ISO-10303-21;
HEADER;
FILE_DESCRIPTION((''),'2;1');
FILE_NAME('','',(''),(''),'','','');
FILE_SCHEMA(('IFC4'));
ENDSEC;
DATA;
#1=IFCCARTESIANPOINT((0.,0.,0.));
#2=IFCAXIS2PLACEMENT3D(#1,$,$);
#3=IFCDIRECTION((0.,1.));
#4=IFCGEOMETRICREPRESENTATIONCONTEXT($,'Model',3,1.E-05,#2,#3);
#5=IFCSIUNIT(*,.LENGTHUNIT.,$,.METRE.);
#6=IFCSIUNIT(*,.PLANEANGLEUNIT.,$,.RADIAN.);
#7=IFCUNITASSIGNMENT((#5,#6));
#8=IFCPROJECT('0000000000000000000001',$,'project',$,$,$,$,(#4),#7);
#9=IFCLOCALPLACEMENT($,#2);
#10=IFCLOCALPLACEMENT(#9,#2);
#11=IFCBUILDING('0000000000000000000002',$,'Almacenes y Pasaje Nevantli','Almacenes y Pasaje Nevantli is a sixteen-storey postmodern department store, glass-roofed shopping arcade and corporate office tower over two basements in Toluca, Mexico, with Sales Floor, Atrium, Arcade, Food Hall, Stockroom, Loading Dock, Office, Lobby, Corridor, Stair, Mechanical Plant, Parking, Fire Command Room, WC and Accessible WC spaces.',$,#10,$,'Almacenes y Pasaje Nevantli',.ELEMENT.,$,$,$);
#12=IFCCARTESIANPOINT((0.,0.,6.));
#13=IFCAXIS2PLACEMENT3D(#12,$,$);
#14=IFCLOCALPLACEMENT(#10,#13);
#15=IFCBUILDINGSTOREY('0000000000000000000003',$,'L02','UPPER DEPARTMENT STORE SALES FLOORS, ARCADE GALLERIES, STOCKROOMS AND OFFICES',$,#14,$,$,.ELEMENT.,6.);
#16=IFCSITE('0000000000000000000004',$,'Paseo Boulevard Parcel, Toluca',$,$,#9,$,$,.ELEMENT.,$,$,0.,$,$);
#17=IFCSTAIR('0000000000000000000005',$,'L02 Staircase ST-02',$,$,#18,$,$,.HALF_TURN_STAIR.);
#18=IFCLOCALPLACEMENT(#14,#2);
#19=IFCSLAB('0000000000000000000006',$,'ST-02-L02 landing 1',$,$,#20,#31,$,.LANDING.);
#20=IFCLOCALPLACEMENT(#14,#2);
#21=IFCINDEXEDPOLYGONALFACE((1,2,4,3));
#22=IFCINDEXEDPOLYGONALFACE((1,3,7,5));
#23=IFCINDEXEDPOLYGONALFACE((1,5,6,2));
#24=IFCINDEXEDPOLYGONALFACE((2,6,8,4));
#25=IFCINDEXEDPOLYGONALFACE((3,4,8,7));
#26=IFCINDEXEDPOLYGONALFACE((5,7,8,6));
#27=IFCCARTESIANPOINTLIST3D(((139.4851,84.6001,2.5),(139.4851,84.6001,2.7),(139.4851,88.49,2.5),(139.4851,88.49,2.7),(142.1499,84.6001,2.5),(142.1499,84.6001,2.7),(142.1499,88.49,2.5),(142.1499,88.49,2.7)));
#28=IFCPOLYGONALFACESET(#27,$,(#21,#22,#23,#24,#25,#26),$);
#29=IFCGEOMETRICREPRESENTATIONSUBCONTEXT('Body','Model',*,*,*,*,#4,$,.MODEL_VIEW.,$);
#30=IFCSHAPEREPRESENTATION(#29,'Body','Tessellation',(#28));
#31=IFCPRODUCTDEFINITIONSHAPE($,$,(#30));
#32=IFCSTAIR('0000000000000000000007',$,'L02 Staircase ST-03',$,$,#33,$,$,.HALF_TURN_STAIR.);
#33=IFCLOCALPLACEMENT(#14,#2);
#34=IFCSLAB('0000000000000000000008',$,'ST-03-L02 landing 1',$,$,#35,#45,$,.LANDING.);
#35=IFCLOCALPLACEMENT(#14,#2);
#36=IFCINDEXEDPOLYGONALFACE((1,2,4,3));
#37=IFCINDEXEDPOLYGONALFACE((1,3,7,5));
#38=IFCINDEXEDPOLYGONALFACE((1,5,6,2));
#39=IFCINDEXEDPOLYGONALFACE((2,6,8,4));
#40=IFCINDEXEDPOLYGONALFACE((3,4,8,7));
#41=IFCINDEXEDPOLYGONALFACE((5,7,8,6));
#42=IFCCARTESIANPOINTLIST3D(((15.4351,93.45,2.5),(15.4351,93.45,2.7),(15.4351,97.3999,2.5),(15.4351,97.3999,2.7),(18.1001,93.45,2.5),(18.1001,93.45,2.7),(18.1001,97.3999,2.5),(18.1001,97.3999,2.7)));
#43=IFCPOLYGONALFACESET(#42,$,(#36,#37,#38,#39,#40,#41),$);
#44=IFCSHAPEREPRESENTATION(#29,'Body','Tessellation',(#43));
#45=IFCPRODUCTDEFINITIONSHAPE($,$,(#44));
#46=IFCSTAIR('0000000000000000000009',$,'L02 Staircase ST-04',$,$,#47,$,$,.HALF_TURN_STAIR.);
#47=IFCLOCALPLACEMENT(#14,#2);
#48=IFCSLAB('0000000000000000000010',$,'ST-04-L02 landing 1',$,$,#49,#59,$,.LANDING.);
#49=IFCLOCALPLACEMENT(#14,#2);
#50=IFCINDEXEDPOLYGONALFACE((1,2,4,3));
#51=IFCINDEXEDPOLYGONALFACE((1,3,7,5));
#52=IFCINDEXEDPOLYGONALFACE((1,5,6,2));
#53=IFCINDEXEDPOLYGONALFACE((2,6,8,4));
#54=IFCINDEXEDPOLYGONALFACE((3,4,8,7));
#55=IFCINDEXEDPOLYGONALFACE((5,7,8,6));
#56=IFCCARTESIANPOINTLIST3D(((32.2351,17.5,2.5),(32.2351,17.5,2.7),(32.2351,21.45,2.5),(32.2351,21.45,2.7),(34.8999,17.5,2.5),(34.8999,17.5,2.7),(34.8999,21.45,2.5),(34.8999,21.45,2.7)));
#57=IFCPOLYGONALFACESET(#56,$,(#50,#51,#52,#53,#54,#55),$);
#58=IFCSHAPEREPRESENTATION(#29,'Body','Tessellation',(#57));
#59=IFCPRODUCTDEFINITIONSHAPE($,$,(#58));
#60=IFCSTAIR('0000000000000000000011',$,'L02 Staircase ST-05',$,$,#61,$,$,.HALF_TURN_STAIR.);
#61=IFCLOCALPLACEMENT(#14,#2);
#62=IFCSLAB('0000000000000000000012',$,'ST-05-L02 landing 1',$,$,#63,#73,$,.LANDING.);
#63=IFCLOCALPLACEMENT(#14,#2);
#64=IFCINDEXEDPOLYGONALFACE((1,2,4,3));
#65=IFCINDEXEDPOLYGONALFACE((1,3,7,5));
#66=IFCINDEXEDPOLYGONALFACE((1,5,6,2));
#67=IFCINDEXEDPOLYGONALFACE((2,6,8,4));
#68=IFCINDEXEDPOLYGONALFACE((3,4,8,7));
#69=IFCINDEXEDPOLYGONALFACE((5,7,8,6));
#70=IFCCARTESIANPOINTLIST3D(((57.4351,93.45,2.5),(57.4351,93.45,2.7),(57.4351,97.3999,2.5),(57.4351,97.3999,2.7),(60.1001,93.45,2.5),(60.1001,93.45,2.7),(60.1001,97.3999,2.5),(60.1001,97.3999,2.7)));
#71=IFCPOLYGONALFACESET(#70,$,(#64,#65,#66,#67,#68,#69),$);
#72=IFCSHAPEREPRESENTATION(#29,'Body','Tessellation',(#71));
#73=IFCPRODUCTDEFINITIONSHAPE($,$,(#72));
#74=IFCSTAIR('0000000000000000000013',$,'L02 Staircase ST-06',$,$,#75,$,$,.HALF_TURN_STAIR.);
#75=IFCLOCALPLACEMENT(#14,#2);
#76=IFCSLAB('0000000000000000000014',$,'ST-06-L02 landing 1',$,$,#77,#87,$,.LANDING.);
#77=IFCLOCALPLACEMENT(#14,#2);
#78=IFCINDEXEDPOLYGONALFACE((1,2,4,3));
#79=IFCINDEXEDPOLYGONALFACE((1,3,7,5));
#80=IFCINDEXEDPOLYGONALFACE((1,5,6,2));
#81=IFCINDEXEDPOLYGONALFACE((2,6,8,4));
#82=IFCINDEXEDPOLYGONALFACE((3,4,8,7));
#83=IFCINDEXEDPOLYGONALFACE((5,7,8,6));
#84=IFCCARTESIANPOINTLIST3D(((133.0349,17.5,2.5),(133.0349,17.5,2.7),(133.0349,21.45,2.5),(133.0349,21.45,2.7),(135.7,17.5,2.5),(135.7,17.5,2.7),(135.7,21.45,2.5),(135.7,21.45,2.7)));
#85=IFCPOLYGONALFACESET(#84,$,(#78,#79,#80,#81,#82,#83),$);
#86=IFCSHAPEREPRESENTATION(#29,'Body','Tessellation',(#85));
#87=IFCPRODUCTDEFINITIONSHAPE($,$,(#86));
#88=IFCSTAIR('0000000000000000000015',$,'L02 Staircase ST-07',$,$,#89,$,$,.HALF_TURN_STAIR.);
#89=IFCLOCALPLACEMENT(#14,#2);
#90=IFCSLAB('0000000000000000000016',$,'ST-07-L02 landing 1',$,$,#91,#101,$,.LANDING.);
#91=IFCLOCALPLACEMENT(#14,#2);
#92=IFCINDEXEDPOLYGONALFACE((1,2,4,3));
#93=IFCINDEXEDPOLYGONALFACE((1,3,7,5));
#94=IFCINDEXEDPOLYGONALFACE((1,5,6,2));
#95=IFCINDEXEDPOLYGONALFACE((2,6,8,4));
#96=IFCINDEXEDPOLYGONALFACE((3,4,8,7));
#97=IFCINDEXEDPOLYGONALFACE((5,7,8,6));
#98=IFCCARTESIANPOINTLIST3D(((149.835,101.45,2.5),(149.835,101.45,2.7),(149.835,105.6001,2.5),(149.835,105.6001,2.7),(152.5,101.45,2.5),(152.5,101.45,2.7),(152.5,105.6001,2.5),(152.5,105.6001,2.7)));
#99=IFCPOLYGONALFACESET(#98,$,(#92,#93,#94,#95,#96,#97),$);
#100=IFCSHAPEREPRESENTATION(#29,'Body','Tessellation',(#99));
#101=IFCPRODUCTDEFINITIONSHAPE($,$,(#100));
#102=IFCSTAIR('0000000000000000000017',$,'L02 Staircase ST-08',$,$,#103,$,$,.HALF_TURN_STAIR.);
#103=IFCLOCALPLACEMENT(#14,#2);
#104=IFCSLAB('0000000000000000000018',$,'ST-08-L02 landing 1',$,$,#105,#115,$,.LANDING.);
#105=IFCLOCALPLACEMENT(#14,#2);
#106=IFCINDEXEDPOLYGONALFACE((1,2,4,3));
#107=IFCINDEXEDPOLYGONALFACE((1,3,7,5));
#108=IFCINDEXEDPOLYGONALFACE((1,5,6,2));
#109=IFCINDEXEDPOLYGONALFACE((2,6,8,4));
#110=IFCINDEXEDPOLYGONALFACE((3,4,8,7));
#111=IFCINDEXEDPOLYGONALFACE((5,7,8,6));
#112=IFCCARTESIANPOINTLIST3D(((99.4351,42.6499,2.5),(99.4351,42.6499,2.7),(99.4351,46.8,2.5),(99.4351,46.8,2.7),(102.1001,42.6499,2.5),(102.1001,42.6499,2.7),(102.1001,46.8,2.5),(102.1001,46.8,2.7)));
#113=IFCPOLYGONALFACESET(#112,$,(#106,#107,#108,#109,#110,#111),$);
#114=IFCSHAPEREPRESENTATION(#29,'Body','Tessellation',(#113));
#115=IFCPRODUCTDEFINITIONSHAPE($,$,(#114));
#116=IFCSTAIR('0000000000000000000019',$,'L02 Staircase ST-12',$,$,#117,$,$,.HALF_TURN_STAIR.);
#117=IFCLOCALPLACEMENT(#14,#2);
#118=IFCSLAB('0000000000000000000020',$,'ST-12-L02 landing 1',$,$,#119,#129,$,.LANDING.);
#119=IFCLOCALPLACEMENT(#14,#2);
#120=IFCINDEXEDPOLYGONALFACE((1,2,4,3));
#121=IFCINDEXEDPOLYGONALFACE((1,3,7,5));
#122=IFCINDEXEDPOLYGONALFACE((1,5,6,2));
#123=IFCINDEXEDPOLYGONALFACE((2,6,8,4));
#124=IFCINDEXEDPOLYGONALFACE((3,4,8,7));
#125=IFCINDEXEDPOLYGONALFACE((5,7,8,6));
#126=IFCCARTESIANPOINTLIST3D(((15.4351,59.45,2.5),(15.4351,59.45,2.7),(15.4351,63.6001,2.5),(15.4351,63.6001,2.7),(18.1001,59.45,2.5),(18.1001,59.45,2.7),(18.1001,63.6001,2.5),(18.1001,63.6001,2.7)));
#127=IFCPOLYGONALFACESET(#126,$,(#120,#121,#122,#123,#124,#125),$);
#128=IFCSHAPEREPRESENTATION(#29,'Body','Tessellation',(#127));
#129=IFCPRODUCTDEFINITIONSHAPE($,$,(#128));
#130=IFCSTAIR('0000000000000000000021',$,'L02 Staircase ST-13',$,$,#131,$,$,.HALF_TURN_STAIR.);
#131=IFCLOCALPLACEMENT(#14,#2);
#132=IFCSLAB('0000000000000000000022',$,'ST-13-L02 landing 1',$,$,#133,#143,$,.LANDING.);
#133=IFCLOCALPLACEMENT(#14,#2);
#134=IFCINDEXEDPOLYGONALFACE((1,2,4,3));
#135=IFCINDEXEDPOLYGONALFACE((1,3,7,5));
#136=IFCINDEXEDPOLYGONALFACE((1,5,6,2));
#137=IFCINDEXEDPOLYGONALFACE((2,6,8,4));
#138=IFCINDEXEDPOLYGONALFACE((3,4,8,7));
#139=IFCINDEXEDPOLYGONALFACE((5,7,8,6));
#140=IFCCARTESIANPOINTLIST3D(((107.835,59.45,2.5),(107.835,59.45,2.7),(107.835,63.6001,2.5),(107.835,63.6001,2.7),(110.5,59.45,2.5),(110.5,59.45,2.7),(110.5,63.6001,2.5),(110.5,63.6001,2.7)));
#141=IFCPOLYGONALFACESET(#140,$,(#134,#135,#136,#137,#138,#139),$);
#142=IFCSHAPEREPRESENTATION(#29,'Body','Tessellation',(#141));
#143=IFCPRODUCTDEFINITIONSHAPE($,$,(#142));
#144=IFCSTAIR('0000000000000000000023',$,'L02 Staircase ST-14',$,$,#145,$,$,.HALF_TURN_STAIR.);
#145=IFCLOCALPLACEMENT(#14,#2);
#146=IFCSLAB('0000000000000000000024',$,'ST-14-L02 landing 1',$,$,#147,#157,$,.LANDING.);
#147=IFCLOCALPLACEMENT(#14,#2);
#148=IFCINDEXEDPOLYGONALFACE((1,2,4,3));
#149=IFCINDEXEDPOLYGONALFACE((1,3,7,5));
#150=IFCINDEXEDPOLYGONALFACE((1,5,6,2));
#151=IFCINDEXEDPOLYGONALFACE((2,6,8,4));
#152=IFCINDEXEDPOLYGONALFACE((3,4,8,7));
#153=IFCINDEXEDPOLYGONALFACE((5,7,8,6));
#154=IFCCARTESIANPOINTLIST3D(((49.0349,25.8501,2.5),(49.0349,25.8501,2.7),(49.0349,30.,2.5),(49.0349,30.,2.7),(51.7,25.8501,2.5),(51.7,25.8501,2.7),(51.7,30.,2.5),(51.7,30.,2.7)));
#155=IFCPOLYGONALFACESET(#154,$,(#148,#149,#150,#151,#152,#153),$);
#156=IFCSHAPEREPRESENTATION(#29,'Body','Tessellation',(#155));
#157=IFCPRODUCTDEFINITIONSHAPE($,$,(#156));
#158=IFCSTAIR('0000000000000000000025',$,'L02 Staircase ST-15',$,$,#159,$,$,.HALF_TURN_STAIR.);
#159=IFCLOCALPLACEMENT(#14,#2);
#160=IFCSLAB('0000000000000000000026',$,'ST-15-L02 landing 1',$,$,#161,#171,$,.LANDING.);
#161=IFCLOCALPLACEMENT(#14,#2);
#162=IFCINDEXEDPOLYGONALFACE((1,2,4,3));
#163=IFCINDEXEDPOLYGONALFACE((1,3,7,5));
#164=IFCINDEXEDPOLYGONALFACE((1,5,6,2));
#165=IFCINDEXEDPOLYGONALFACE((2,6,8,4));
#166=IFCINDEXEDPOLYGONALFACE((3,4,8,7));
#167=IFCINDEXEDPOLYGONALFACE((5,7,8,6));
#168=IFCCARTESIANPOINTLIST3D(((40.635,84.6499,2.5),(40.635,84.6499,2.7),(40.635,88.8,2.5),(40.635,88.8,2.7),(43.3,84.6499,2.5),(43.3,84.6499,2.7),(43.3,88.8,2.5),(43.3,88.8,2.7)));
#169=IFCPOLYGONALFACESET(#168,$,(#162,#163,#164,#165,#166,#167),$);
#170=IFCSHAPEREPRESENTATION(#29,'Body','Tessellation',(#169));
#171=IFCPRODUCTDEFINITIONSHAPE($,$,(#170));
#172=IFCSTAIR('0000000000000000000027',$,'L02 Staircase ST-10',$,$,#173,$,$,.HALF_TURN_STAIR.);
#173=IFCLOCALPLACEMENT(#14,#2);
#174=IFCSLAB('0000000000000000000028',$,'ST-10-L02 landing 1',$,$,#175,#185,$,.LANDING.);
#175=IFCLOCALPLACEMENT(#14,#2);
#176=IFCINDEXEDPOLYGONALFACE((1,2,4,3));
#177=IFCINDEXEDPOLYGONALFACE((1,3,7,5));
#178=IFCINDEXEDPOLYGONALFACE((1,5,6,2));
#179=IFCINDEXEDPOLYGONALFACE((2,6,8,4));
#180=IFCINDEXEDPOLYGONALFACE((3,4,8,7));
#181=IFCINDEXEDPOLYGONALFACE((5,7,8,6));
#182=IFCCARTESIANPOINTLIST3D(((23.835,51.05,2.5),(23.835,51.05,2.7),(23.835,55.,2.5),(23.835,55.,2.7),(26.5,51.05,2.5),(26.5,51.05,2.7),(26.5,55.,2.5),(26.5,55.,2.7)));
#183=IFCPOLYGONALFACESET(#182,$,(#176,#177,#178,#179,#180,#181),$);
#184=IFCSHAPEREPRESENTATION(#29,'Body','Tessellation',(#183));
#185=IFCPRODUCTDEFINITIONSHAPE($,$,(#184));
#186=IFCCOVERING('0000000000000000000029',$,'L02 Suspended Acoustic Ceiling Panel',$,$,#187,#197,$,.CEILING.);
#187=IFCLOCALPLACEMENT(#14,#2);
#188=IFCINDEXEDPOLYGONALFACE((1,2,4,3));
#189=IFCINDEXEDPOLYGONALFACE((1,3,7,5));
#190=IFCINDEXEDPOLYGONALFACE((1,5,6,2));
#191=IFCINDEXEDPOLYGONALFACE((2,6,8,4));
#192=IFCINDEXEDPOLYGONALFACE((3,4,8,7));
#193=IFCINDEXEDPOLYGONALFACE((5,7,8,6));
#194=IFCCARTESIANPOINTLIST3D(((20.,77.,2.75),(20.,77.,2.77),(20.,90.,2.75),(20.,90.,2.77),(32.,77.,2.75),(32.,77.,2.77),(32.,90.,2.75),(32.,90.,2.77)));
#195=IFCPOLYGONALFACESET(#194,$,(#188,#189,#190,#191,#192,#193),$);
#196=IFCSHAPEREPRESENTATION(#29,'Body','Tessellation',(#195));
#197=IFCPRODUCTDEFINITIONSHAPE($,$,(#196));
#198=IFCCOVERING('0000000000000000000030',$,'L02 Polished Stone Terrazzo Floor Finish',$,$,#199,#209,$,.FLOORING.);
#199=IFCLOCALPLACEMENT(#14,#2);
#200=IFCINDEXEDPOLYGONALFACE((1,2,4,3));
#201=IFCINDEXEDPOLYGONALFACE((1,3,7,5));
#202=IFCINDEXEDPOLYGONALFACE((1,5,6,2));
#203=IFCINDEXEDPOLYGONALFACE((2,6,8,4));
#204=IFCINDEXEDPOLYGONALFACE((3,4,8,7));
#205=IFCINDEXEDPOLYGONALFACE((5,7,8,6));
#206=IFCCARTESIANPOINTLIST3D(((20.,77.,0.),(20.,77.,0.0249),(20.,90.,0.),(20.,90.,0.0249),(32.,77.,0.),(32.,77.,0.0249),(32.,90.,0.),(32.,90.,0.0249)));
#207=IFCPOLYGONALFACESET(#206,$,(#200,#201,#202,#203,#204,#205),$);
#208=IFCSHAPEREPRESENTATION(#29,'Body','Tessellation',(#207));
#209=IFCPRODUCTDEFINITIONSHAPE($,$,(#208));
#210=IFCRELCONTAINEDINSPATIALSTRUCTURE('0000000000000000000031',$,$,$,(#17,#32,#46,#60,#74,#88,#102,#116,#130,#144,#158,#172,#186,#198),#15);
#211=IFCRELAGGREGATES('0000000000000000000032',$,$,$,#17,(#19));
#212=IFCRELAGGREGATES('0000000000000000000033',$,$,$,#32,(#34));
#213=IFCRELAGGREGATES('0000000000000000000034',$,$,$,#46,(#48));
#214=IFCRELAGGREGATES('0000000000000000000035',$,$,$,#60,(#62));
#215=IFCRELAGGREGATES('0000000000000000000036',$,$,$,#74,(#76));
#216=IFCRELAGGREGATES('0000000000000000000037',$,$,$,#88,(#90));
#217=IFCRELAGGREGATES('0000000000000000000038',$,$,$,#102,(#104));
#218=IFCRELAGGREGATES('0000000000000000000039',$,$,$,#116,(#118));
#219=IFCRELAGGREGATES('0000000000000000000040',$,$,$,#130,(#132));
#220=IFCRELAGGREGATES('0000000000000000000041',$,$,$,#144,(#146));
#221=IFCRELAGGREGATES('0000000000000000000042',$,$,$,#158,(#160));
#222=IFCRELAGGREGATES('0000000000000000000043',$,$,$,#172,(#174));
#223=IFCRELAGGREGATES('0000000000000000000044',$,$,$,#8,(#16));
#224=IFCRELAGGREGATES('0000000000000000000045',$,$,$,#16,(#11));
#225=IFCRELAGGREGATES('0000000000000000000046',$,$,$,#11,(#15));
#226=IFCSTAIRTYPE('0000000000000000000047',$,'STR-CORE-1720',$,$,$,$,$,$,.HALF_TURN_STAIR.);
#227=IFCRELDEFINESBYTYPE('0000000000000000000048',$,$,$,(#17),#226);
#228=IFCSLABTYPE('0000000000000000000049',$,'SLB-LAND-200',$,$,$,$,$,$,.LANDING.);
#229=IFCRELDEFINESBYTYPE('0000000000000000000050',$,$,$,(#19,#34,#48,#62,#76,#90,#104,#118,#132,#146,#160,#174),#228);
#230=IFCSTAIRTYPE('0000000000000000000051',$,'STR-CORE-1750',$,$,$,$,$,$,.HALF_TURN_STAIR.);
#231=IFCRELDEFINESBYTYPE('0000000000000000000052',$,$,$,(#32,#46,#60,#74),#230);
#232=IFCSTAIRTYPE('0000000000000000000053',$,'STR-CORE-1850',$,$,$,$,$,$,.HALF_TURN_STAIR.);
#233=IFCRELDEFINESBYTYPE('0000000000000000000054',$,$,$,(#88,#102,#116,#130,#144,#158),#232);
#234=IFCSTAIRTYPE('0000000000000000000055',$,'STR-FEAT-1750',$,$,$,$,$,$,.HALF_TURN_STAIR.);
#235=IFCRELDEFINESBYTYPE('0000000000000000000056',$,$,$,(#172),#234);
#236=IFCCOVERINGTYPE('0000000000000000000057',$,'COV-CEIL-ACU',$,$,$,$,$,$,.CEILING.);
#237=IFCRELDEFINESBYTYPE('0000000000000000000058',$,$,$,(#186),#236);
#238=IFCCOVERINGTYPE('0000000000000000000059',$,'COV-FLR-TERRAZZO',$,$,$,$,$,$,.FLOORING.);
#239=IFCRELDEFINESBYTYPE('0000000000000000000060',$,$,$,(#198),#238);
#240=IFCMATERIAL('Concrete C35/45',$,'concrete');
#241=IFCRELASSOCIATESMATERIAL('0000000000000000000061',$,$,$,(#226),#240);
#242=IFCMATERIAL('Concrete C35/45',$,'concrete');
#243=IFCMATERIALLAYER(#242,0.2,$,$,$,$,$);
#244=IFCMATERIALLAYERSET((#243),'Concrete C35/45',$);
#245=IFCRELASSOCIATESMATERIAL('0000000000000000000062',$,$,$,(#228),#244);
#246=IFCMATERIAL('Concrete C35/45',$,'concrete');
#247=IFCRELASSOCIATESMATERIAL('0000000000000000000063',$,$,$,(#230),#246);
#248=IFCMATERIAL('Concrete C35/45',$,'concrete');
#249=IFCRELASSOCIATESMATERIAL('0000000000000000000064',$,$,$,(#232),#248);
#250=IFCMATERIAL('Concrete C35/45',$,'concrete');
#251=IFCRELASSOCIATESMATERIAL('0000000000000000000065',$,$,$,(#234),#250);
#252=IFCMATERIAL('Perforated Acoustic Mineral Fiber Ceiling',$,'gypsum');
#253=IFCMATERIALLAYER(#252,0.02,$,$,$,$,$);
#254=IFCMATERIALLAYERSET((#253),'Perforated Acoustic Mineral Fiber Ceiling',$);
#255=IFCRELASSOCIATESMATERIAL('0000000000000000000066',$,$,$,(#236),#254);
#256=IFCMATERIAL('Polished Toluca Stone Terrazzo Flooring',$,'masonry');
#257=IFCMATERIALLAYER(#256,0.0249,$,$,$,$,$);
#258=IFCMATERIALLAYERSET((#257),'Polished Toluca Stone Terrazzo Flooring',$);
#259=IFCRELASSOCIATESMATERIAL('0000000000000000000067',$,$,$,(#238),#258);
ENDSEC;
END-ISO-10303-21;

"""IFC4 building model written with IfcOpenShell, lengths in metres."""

from ifc_helpers import new_model, si_unit, direction, frame, origin, place, context, subcontext, project, spatial, polyline, outline, extrude, material, layer, layer_set, type_object, element, aggregate, save


model = new_model("IFC4")

# Units and contexts
model_context = context("Model", 3, precision=1e-05, world=origin(), true_north=direction((0.0, 1.0)))
body_context = subcontext(model_context, "Body", "Model", "MODEL_VIEW")
ifc_project = project(units=[si_unit("LENGTHUNIT", "METRE"), si_unit("PLANEANGLEUNIT", "RADIAN")], contexts=[model_context])

# Site, building, storey
site_placement = place(None, origin())
site = spatial("IfcSite", under=ifc_project, at=site_placement, Name="Paseo Boulevard Parcel, Toluca", CompositionType="ELEMENT", RefElevation=0.0)
building_placement = place(site_placement, origin())
building = spatial("IfcBuilding", under=site, at=building_placement, Name="Almacenes y Pasaje Nevantli", Description="Almacenes y Pasaje Nevantli is a sixteen-storey postmodern department store, glass-roofed shopping arcade and corporate office tower over two basements in Toluca, Mexico, with Sales Floor, Atrium, Arcade, Food Hall, Stockroom, Loading Dock, Office, Lobby, Corridor, Stair, Mechanical Plant, Parking, Fire Command Room, WC and Accessible WC spaces.", LongName="Almacenes y Pasaje Nevantli", CompositionType="ELEMENT")
storey_placement = place(building_placement, frame((0.0, 0.0, 6.0)))
storey = spatial("IfcBuildingStorey", under=building, at=storey_placement, Name="L02", Description="UPPER DEPARTMENT STORE SALES FLOORS, ARCADE GALLERIES, STOCKROOMS AND OFFICES", CompositionType="ELEMENT", Elevation=6.0)

# Stairs, slabs
ifc_material_1 = material(Name="Concrete C35/45", Category="concrete")
stair_type_1 = type_object("IfcStairType", Name="STR-CORE-1720", PredefinedType="HALF_TURN_STAIR", material=ifc_material_1)
ifc_material_2 = material(Name="Concrete C35/45", Category="concrete")
ifc_layer_1 = layer(ifc_material_2, 0.2)
ifc_layer_set_1 = layer_set([ifc_layer_1], Name="Concrete C35/45")
slab_type_1 = type_object("IfcSlabType", Name="SLB-LAND-200", PredefinedType="LANDING", material=ifc_layer_set_1)
stair_1_placement = place(storey_placement, origin())
stair_1 = element("IfcStair", 1, at=stair_1_placement, inside=storey, type_object=stair_type_1, Name="L02 Staircase ST-02", PredefinedType="HALF_TURN_STAIR")
slab_1_placement = place(storey_placement, frame((0.0, 0.0, 2.5)))
slab_1 = element("IfcSlab", 2, at=slab_1_placement, type_object=slab_type_1, Name="ST-02-L02 landing 1", PredefinedType="LANDING", context=body_context, shape_type="SweptSolid", body=[
    extrude(outline(polyline([(139.4851, 84.6001), (142.1499, 84.6001), (142.1499, 88.49), (139.4851, 88.49), (139.4851, 84.6001)])), origin(), (0.0, 0.0, 1.0), 0.2),
])
aggregate(stair_1, [slab_1])
ifc_material_3 = material(Name="Concrete C35/45", Category="concrete")
stair_type_2 = type_object("IfcStairType", Name="STR-CORE-1750", PredefinedType="HALF_TURN_STAIR", material=ifc_material_3)
stair_2_placement = place(storey_placement, origin())
stair_2 = element("IfcStair", 3, at=stair_2_placement, inside=storey, type_object=stair_type_2, Name="L02 Staircase ST-03", PredefinedType="HALF_TURN_STAIR")
slab_2_placement = place(storey_placement, frame((0.0, 0.0, 2.5)))
slab_2 = element("IfcSlab", 4, at=slab_2_placement, type_object=slab_type_1, Name="ST-03-L02 landing 1", PredefinedType="LANDING", context=body_context, shape_type="SweptSolid", body=[
    extrude(outline(polyline([(15.4351, 93.45), (18.1001, 93.45), (18.1001, 97.3999), (15.4351, 97.3999), (15.4351, 93.45)])), origin(), (0.0, 0.0, 1.0), 0.2),
])
aggregate(stair_2, [slab_2])
stair_3_placement = place(storey_placement, origin())
stair_3 = element("IfcStair", 5, at=stair_3_placement, inside=storey, type_object=stair_type_2, Name="L02 Staircase ST-04", PredefinedType="HALF_TURN_STAIR")
slab_3_placement = place(storey_placement, frame((0.0, 0.0, 2.5)))
slab_3 = element("IfcSlab", 6, at=slab_3_placement, type_object=slab_type_1, Name="ST-04-L02 landing 1", PredefinedType="LANDING", context=body_context, shape_type="SweptSolid", body=[
    extrude(outline(polyline([(32.2351, 17.5), (34.8999, 17.5), (34.8999, 21.45), (32.2351, 21.45), (32.2351, 17.5)])), origin(), (0.0, 0.0, 1.0), 0.2),
])
aggregate(stair_3, [slab_3])
stair_4_placement = place(storey_placement, origin())
stair_4 = element("IfcStair", 7, at=stair_4_placement, inside=storey, type_object=stair_type_2, Name="L02 Staircase ST-05", PredefinedType="HALF_TURN_STAIR")
slab_4_placement = place(storey_placement, frame((0.0, 0.0, 2.5)))
slab_4 = element("IfcSlab", 8, at=slab_4_placement, type_object=slab_type_1, Name="ST-05-L02 landing 1", PredefinedType="LANDING", context=body_context, shape_type="SweptSolid", body=[
    extrude(outline(polyline([(57.4351, 93.45), (60.1001, 93.45), (60.1001, 97.3999), (57.4351, 97.3999), (57.4351, 93.45)])), origin(), (0.0, 0.0, 1.0), 0.2),
])
aggregate(stair_4, [slab_4])
stair_5_placement = place(storey_placement, origin())
stair_5 = element("IfcStair", 9, at=stair_5_placement, inside=storey, type_object=stair_type_2, Name="L02 Staircase ST-06", PredefinedType="HALF_TURN_STAIR")
slab_5_placement = place(storey_placement, frame((0.0, 0.0, 2.5)))
slab_5 = element("IfcSlab", 10, at=slab_5_placement, type_object=slab_type_1, Name="ST-06-L02 landing 1", PredefinedType="LANDING", context=body_context, shape_type="SweptSolid", body=[
    extrude(outline(polyline([(133.0349, 17.5), (135.7, 17.5), (135.7, 21.45), (133.0349, 21.45), (133.0349, 17.5)])), origin(), (0.0, 0.0, 1.0), 0.2),
])
aggregate(stair_5, [slab_5])
ifc_material_4 = material(Name="Concrete C35/45", Category="concrete")
stair_type_3 = type_object("IfcStairType", Name="STR-CORE-1850", PredefinedType="HALF_TURN_STAIR", material=ifc_material_4)
stair_6_placement = place(storey_placement, origin())
stair_6 = element("IfcStair", 11, at=stair_6_placement, inside=storey, type_object=stair_type_3, Name="L02 Staircase ST-07", PredefinedType="HALF_TURN_STAIR")
slab_6_placement = place(storey_placement, frame((0.0, 0.0, 2.5)))
slab_6 = element("IfcSlab", 12, at=slab_6_placement, type_object=slab_type_1, Name="ST-07-L02 landing 1", PredefinedType="LANDING", context=body_context, shape_type="SweptSolid", body=[
    extrude(outline(polyline([(149.835, 101.45), (152.5, 101.45), (152.5, 105.6001), (149.835, 105.6001), (149.835, 101.45)])), origin(), (0.0, 0.0, 1.0), 0.2),
])
aggregate(stair_6, [slab_6])
stair_7_placement = place(storey_placement, origin())
stair_7 = element("IfcStair", 13, at=stair_7_placement, inside=storey, type_object=stair_type_3, Name="L02 Staircase ST-08", PredefinedType="HALF_TURN_STAIR")
slab_7_placement = place(storey_placement, frame((0.0, 0.0, 2.5)))
slab_7 = element("IfcSlab", 14, at=slab_7_placement, type_object=slab_type_1, Name="ST-08-L02 landing 1", PredefinedType="LANDING", context=body_context, shape_type="SweptSolid", body=[
    extrude(outline(polyline([(99.4351, 42.6499), (102.1001, 42.6499), (102.1001, 46.8), (99.4351, 46.8), (99.4351, 42.6499)])), origin(), (0.0, 0.0, 1.0), 0.2),
])
aggregate(stair_7, [slab_7])
stair_8_placement = place(storey_placement, origin())
stair_8 = element("IfcStair", 15, at=stair_8_placement, inside=storey, type_object=stair_type_3, Name="L02 Staircase ST-12", PredefinedType="HALF_TURN_STAIR")
slab_8_placement = place(storey_placement, frame((0.0, 0.0, 2.5)))
slab_8 = element("IfcSlab", 16, at=slab_8_placement, type_object=slab_type_1, Name="ST-12-L02 landing 1", PredefinedType="LANDING", context=body_context, shape_type="SweptSolid", body=[
    extrude(outline(polyline([(15.4351, 59.45), (18.1001, 59.45), (18.1001, 63.6001), (15.4351, 63.6001), (15.4351, 59.45)])), origin(), (0.0, 0.0, 1.0), 0.2),
])
aggregate(stair_8, [slab_8])
stair_9_placement = place(storey_placement, origin())
stair_9 = element("IfcStair", 17, at=stair_9_placement, inside=storey, type_object=stair_type_3, Name="L02 Staircase ST-13", PredefinedType="HALF_TURN_STAIR")
slab_9_placement = place(storey_placement, frame((0.0, 0.0, 2.5)))
slab_9 = element("IfcSlab", 18, at=slab_9_placement, type_object=slab_type_1, Name="ST-13-L02 landing 1", PredefinedType="LANDING", context=body_context, shape_type="SweptSolid", body=[
    extrude(outline(polyline([(107.835, 59.45), (110.5, 59.45), (110.5, 63.6001), (107.835, 63.6001), (107.835, 59.45)])), origin(), (0.0, 0.0, 1.0), 0.2),
])
aggregate(stair_9, [slab_9])
stair_10_placement = place(storey_placement, origin())
stair_10 = element("IfcStair", 19, at=stair_10_placement, inside=storey, type_object=stair_type_3, Name="L02 Staircase ST-14", PredefinedType="HALF_TURN_STAIR")
slab_10_placement = place(storey_placement, frame((0.0, 0.0, 2.5)))
slab_10 = element("IfcSlab", 20, at=slab_10_placement, type_object=slab_type_1, Name="ST-14-L02 landing 1", PredefinedType="LANDING", context=body_context, shape_type="SweptSolid", body=[
    extrude(outline(polyline([(49.0349, 25.8501), (51.7, 25.8501), (51.7, 30.0), (49.0349, 30.0), (49.0349, 25.8501)])), origin(), (0.0, 0.0, 1.0), 0.2),
])
aggregate(stair_10, [slab_10])
stair_11_placement = place(storey_placement, origin())
stair_11 = element("IfcStair", 21, at=stair_11_placement, inside=storey, type_object=stair_type_3, Name="L02 Staircase ST-15", PredefinedType="HALF_TURN_STAIR")
slab_11_placement = place(storey_placement, frame((0.0, 0.0, 2.5)))
slab_11 = element("IfcSlab", 22, at=slab_11_placement, type_object=slab_type_1, Name="ST-15-L02 landing 1", PredefinedType="LANDING", context=body_context, shape_type="SweptSolid", body=[
    extrude(outline(polyline([(40.635, 84.6499), (43.3, 84.6499), (43.3, 88.8), (40.635, 88.8), (40.635, 84.6499)])), origin(), (0.0, 0.0, 1.0), 0.2),
])
aggregate(stair_11, [slab_11])
ifc_material_5 = material(Name="Concrete C35/45", Category="concrete")
stair_type_4 = type_object("IfcStairType", Name="STR-FEAT-1750", PredefinedType="HALF_TURN_STAIR", material=ifc_material_5)
stair_12_placement = place(storey_placement, origin())
stair_12 = element("IfcStair", 23, at=stair_12_placement, inside=storey, type_object=stair_type_4, Name="L02 Staircase ST-10", PredefinedType="HALF_TURN_STAIR")
slab_12_placement = place(storey_placement, frame((0.0, 0.0, 2.5)))
slab_12 = element("IfcSlab", 24, at=slab_12_placement, type_object=slab_type_1, Name="ST-10-L02 landing 1", PredefinedType="LANDING", context=body_context, shape_type="SweptSolid", body=[
    extrude(outline(polyline([(23.835, 51.05), (26.5, 51.05), (26.5, 55.0), (23.835, 55.0), (23.835, 51.05)])), origin(), (0.0, 0.0, 1.0), 0.2),
])
aggregate(stair_12, [slab_12])

# Coverings
ifc_material_6 = material(Name="Perforated Acoustic Mineral Fiber Ceiling", Category="gypsum")
ifc_layer_2 = layer(ifc_material_6, 0.02)
ifc_layer_set_2 = layer_set([ifc_layer_2], Name="Perforated Acoustic Mineral Fiber Ceiling")
covering_type_1 = type_object("IfcCoveringType", Name="COV-CEIL-ACU", PredefinedType="CEILING", material=ifc_layer_set_2)
covering_1_placement = place(storey_placement, frame((0.0, 0.0, 2.75)))
element("IfcCovering", 25, at=covering_1_placement, inside=storey, type_object=covering_type_1, Name="L02 Suspended Acoustic Ceiling Panel", PredefinedType="CEILING", context=body_context, shape_type="SweptSolid", body=[
    extrude(outline(polyline([(20.0, 77.0), (32.0, 77.0), (32.0, 90.0), (20.0, 90.0), (20.0, 77.0)])), origin(), (0.0, 0.0, 1.0), 0.02),
])
ifc_material_7 = material(Name="Polished Toluca Stone Terrazzo Flooring", Category="masonry")
ifc_layer_3 = layer(ifc_material_7, 0.0249)
ifc_layer_set_3 = layer_set([ifc_layer_3], Name="Polished Toluca Stone Terrazzo Flooring")
covering_type_2 = type_object("IfcCoveringType", Name="COV-FLR-TERRAZZO", PredefinedType="FLOORING", material=ifc_layer_set_3)
covering_2_placement = place(storey_placement, origin())
element("IfcCovering", 26, at=covering_2_placement, inside=storey, type_object=covering_type_2, Name="L02 Polished Stone Terrazzo Floor Finish", PredefinedType="FLOORING", context=body_context, shape_type="SweptSolid", body=[
    extrude(outline(polyline([(20.0, 77.0), (32.0, 77.0), (32.0, 90.0), (20.0, 90.0), (20.0, 77.0)])), origin(), (0.0, 0.0, 1.0), 0.0249),
])

save(model, "model.ifc")
